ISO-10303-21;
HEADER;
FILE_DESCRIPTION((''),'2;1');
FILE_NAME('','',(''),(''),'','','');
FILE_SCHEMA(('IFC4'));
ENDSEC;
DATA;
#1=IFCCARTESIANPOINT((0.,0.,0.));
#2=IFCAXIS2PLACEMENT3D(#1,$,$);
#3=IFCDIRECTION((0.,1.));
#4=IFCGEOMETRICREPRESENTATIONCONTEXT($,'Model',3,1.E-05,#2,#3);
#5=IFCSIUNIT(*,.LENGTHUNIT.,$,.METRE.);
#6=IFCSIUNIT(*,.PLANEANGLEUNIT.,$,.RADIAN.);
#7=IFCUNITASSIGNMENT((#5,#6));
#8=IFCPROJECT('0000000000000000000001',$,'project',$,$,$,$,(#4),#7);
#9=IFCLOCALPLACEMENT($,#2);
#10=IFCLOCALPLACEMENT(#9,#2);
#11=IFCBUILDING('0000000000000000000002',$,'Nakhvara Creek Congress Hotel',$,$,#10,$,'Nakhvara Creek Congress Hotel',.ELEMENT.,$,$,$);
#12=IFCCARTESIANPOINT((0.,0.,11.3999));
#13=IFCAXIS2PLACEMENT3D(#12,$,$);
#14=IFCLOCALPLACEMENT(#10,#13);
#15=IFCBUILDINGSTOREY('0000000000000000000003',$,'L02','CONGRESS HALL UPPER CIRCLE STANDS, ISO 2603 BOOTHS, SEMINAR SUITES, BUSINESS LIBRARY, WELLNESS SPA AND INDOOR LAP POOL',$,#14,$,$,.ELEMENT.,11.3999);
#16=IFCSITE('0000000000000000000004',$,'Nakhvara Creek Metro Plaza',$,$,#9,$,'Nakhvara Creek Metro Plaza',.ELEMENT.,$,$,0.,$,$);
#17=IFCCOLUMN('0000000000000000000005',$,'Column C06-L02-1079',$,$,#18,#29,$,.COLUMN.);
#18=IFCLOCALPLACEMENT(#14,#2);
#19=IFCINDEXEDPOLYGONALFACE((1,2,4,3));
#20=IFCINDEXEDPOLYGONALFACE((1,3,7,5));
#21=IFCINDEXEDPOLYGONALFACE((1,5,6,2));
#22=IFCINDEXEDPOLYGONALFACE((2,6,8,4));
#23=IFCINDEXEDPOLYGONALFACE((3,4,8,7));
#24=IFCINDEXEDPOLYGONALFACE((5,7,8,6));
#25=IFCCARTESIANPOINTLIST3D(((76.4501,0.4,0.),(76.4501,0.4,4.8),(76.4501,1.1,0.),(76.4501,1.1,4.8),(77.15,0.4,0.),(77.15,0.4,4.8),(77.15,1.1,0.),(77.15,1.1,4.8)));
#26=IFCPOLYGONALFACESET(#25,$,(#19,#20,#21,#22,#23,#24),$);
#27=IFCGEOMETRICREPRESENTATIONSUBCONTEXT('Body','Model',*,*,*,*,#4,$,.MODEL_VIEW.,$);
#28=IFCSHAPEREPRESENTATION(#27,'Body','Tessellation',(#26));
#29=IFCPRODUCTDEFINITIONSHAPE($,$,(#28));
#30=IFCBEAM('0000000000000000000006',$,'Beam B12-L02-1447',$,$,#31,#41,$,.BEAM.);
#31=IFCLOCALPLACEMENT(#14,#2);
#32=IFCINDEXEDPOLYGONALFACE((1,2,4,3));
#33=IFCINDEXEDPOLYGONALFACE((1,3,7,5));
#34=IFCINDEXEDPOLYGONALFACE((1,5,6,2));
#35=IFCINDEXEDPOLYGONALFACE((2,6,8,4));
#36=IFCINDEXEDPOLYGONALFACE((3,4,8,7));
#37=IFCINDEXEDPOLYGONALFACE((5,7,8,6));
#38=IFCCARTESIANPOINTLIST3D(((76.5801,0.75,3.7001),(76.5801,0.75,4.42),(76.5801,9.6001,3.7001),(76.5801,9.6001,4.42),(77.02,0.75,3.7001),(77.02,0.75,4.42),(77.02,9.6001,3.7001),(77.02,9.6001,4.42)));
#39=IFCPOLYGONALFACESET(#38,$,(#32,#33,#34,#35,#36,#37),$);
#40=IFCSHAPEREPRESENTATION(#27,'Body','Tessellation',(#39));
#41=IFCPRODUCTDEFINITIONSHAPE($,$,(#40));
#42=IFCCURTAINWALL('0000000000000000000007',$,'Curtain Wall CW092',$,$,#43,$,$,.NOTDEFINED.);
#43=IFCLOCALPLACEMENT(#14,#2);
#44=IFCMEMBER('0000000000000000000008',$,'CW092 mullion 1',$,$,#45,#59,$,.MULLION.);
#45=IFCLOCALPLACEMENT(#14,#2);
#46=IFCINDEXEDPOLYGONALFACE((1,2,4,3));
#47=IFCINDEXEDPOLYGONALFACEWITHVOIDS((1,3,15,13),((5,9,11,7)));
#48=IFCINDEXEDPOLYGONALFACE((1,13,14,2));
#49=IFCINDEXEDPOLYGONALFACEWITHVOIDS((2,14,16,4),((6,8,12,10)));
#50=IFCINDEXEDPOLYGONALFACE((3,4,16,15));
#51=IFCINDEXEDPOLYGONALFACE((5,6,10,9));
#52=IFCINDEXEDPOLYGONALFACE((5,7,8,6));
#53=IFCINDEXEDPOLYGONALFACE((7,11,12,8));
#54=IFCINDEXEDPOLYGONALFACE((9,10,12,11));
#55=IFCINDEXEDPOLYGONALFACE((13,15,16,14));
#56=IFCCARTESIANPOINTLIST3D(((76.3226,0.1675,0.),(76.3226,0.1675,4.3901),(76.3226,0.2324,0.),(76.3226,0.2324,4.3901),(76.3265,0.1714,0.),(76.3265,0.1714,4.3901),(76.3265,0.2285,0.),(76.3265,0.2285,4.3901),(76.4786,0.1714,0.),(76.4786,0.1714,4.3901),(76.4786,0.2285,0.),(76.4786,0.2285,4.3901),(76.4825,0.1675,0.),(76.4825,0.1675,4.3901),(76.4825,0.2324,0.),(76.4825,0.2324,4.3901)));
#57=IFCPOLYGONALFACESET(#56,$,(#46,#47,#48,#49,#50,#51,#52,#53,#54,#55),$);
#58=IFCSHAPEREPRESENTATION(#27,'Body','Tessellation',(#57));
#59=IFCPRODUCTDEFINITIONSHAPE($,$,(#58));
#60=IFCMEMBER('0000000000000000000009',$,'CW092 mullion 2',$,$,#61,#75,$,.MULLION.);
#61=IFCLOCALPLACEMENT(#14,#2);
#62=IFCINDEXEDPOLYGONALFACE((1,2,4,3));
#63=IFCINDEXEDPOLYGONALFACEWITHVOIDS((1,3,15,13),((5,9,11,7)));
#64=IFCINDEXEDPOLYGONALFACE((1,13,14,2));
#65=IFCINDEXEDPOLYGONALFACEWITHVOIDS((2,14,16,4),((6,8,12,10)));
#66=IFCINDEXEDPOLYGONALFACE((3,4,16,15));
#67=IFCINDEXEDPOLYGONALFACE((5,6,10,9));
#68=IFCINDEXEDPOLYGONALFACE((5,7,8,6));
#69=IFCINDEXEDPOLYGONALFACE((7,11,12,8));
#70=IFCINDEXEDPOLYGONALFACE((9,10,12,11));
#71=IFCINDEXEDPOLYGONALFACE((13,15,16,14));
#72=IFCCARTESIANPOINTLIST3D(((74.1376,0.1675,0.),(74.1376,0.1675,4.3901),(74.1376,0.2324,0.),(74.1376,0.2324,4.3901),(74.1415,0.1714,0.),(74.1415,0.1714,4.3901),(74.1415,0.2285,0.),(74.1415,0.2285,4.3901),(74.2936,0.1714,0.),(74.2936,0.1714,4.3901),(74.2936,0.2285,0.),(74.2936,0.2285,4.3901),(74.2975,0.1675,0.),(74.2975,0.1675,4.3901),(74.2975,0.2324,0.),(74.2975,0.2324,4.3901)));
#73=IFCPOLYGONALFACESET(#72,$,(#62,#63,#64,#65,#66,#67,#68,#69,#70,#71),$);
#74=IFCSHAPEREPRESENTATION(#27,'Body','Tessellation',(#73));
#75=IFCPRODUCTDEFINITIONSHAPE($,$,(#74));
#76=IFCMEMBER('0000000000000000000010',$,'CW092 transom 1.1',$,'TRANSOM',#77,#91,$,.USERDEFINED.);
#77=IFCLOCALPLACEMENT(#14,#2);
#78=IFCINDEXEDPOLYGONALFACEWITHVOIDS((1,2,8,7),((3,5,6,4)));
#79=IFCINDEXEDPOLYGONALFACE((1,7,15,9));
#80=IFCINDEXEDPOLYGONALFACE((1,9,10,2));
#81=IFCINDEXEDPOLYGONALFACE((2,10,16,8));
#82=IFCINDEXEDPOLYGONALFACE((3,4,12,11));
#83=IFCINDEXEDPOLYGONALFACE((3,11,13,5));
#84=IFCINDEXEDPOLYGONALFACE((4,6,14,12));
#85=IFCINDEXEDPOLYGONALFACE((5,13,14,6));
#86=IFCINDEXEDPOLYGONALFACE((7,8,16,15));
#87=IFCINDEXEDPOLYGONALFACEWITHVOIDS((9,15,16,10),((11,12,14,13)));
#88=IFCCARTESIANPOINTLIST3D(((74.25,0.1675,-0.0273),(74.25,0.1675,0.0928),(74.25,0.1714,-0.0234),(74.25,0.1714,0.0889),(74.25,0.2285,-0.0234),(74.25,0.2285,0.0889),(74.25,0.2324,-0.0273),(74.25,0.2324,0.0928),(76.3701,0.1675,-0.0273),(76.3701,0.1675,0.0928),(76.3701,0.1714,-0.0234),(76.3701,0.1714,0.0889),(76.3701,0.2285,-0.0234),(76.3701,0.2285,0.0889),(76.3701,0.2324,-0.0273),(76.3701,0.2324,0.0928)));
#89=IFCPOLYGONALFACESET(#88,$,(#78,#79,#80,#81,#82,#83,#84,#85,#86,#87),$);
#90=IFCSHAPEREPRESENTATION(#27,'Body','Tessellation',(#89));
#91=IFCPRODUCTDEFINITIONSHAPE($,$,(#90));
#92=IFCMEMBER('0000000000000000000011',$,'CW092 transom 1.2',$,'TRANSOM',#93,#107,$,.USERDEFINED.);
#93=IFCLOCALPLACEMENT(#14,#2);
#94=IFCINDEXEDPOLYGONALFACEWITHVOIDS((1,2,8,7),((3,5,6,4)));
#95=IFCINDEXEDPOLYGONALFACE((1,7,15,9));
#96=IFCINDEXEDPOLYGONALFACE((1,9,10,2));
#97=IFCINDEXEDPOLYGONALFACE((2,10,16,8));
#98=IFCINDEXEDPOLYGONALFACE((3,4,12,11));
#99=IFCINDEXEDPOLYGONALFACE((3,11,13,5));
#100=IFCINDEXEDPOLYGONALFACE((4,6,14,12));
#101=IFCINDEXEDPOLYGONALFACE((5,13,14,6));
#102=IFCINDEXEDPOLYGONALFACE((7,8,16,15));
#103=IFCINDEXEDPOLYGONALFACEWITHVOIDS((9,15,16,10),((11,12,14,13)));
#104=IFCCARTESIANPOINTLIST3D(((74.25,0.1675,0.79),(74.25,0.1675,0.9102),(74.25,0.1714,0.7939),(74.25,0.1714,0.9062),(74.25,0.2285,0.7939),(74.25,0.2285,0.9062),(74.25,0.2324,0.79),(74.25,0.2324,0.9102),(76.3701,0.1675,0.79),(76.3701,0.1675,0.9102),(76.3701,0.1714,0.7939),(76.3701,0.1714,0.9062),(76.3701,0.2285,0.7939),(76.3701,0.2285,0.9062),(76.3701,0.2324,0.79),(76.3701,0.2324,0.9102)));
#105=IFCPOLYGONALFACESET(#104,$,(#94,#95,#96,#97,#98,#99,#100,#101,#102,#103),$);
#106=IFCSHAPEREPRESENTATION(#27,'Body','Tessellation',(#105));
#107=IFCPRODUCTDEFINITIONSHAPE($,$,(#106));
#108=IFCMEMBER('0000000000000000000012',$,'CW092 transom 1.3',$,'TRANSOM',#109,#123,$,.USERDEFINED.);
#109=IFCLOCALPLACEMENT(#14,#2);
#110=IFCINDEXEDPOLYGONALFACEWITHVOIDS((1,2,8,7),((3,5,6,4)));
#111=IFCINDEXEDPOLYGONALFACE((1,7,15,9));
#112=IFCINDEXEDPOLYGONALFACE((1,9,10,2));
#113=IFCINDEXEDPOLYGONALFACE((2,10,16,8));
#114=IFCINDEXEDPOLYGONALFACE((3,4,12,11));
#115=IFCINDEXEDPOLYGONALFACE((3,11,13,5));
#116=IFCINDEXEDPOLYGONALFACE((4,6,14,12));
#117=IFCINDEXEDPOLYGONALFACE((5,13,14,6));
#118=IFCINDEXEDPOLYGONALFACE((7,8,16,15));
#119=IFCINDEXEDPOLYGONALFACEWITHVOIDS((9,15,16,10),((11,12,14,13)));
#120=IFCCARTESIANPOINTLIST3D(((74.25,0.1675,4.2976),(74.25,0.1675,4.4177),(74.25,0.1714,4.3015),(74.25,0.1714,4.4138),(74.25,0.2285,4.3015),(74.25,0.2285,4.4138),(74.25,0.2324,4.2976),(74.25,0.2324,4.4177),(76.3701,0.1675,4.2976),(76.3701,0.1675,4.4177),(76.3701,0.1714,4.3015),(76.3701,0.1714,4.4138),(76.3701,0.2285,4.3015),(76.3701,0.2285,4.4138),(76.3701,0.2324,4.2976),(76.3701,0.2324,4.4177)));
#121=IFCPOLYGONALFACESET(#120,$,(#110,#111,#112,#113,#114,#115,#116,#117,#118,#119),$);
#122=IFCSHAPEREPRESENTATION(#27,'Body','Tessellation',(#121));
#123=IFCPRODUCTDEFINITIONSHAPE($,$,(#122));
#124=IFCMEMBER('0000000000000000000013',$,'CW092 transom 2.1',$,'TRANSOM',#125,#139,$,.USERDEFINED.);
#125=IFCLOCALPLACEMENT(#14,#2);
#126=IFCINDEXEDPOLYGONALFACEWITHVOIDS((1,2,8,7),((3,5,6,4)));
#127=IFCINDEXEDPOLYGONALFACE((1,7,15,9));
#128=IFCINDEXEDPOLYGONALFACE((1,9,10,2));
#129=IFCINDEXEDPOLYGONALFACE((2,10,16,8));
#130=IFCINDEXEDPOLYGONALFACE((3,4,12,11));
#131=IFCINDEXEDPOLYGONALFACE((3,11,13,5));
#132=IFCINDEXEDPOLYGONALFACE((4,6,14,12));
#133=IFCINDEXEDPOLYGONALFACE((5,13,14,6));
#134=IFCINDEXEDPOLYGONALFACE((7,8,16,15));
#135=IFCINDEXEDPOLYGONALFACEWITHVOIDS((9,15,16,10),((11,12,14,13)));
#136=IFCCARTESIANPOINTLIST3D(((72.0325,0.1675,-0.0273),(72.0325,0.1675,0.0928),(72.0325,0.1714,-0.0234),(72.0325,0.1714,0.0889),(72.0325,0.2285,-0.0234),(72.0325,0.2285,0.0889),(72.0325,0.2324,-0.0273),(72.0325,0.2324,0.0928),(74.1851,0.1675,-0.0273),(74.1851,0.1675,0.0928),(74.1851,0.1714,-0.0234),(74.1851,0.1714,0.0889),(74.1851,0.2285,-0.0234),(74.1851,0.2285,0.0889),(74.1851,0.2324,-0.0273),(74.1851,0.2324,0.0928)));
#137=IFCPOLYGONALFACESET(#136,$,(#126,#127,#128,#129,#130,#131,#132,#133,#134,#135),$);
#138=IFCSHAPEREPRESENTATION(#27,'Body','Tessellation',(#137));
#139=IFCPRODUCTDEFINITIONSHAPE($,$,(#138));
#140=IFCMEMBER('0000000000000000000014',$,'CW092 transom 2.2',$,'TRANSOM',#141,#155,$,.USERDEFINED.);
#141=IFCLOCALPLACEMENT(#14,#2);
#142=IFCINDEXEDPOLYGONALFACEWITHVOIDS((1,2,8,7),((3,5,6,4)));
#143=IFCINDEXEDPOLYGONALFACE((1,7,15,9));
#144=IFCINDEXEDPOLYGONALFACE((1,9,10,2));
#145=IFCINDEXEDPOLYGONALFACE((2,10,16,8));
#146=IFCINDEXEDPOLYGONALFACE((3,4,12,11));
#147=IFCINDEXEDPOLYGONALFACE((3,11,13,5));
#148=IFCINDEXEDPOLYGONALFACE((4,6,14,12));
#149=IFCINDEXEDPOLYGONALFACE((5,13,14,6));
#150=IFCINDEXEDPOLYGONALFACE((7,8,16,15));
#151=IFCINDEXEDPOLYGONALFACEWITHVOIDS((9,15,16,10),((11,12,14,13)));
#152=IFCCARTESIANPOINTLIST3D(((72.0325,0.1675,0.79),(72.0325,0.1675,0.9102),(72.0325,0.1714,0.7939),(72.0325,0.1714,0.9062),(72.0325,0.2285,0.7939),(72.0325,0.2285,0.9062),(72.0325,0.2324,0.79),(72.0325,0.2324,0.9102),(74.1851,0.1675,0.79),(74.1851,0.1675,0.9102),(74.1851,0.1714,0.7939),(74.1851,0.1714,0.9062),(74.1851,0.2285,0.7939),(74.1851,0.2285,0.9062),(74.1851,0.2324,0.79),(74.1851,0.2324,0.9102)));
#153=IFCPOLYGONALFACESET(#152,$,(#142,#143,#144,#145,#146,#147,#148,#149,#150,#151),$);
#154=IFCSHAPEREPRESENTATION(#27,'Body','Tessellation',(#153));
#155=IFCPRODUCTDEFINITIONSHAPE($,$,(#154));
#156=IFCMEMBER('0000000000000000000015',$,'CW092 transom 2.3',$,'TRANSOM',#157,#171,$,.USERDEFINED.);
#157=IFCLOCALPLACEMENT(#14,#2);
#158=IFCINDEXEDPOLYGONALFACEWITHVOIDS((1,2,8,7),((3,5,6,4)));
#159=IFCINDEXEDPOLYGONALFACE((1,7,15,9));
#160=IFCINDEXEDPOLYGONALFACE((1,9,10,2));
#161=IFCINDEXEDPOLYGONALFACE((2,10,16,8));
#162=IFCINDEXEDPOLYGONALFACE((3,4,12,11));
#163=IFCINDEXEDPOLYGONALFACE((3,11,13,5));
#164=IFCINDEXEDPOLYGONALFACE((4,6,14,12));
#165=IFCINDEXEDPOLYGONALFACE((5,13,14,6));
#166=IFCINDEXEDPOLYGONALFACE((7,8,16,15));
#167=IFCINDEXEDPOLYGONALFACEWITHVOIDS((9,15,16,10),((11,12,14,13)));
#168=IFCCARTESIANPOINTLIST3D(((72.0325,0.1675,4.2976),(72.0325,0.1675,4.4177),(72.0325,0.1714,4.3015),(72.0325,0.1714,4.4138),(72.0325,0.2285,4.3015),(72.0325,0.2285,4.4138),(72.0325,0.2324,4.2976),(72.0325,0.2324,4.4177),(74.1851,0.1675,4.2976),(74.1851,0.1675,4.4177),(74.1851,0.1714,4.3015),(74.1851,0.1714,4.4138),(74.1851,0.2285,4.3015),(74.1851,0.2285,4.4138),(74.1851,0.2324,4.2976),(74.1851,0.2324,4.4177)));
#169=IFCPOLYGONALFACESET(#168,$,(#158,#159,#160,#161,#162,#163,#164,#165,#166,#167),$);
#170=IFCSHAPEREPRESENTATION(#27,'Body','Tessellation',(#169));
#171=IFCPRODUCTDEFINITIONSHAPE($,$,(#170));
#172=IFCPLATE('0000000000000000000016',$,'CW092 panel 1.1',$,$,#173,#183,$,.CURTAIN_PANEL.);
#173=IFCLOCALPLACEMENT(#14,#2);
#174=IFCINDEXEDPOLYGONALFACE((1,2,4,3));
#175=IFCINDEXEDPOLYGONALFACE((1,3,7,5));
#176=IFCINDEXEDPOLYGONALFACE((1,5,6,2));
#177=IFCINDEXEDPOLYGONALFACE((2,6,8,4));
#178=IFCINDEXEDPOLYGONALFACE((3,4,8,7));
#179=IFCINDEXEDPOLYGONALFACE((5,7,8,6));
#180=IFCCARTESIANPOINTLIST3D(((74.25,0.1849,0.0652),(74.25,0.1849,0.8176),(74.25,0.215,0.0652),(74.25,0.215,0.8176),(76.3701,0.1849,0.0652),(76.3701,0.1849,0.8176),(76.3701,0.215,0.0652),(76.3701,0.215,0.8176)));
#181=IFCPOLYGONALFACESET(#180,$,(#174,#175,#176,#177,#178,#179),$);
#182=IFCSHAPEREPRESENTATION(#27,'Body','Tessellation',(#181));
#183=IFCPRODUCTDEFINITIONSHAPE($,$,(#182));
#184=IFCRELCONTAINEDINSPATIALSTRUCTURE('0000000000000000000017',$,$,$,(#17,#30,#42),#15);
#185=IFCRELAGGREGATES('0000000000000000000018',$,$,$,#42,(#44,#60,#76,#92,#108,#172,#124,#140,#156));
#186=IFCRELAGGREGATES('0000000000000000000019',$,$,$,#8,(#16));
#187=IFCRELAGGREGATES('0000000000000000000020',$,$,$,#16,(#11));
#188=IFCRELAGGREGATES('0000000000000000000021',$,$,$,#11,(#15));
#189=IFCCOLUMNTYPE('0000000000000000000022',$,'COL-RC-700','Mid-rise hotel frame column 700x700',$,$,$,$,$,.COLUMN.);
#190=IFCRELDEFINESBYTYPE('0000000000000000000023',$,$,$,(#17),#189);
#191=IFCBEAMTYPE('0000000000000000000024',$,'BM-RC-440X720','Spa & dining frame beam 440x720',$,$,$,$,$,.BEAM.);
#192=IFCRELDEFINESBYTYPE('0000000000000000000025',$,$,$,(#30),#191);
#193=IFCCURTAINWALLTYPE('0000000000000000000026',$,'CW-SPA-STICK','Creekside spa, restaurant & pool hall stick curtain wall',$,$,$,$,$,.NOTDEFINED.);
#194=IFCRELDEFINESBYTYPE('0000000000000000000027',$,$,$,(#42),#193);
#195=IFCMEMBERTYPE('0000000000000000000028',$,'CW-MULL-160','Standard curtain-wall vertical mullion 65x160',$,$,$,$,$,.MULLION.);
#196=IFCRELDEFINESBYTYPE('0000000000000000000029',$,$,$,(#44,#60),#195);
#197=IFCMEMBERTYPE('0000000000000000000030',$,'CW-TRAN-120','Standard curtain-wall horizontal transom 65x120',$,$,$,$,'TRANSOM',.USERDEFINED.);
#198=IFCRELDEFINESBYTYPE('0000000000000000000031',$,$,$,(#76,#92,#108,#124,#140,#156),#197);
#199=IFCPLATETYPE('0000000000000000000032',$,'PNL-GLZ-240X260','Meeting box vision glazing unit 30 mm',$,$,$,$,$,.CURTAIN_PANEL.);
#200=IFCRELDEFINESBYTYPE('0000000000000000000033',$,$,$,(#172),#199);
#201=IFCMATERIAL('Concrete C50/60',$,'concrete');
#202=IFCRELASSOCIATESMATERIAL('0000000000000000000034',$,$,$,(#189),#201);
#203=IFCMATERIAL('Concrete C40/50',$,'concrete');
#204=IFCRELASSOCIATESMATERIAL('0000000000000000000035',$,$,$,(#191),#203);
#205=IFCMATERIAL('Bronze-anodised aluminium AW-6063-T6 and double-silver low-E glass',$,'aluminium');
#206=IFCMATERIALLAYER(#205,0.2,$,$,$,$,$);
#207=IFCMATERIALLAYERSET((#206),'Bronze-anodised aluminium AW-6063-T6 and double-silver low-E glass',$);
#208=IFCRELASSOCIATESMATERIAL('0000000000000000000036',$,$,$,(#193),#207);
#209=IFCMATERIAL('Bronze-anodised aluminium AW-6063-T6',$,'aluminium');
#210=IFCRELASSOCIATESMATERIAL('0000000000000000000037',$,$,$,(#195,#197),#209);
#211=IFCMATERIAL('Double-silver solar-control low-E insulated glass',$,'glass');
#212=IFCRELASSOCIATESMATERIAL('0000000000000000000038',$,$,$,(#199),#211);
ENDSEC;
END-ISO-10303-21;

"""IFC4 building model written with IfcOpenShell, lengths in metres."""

from ifc_helpers import new_model, si_unit, direction, frame, origin, origin_2d, place, context, subcontext, project, spatial, rectangle, hollow_rectangle, extrude, material, layer, layer_set, material_profile, profile_set, type_object, element, aggregate, save


model = new_model("IFC4")

# Units and contexts
model_context = context("Model", 3, precision=1e-05, world=origin(), true_north=direction((0.0, 1.0)))
body_context = subcontext(model_context, "Body", "Model", "MODEL_VIEW")
ifc_project = project(units=[si_unit("LENGTHUNIT", "METRE"), si_unit("PLANEANGLEUNIT", "RADIAN")], contexts=[model_context])

# Site, building, storey
site_placement = place(None, origin())
site = spatial("IfcSite", under=ifc_project, at=site_placement, Name="Nakhvara Creek Metro Plaza", LongName="Nakhvara Creek Metro Plaza", CompositionType="ELEMENT", RefElevation=0.0)
building_placement = place(site_placement, origin())
building = spatial("IfcBuilding", under=site, at=building_placement, Name="Nakhvara Creek Congress Hotel", LongName="Nakhvara Creek Congress Hotel", CompositionType="ELEMENT")
storey_placement = place(building_placement, frame((0.0, 0.0, 11.3999)))
storey = spatial("IfcBuildingStorey", under=building, at=storey_placement, Name="L02", Description="CONGRESS HALL UPPER CIRCLE STANDS, ISO 2603 BOOTHS, SEMINAR SUITES, BUSINESS LIBRARY, WELLNESS SPA AND INDOOR LAP POOL", CompositionType="ELEMENT", Elevation=11.3999)

# Column
ifc_material_1 = material(Name="Concrete C50/60", Category="concrete")
ifc_material_profile_1 = material_profile(ifc_material_1, rectangle(XDim=0.7, YDim=0.7, at=origin_2d()), Name="RC-COL 700x700", Category="LoadBearing")
ifc_profile_set_1 = profile_set([ifc_material_profile_1], Name="Concrete C50/60")
column_type = type_object("IfcColumnType", Name="COL-RC-700", Description="Mid-rise hotel frame column 700x700", PredefinedType="COLUMN", material=ifc_profile_set_1)
column_placement = place(storey_placement, frame((76.8, 0.75, 0.0), z_axis=(0.0, 0.0, 1.0), x_axis=(1.0, 0.0, 0.0)))
element("IfcColumn", 1, at=column_placement, inside=storey, type_object=column_type, Name="Column C06-L02-1079", PredefinedType="COLUMN", context=body_context, shape_type="SweptSolid", body=[
    extrude(rectangle(XDim=0.7, YDim=0.7, at=origin_2d()), origin(), (0.0, 0.0, 1.0), 4.8),
])

# Beam
ifc_material_2 = material(Name="Concrete C40/50", Category="concrete")
ifc_material_profile_2 = material_profile(ifc_material_2, rectangle(XDim=0.4399, YDim=0.72, at=origin_2d()), Name="RC-BM 440x720", Category="LoadBearing")
ifc_profile_set_2 = profile_set([ifc_material_profile_2], Name="Concrete C40/50")
beam_type = type_object("IfcBeamType", Name="BM-RC-440X720", Description="Spa & dining frame beam 440x720", PredefinedType="BEAM", material=ifc_profile_set_2)
beam_placement = place(storey_placement, frame((76.8, 0.75, 4.0601), z_axis=(0.0, 1.0, 0.0), x_axis=(-1.0, 0.0, 0.0)))
element("IfcBeam", 2, at=beam_placement, inside=storey, type_object=beam_type, Name="Beam B12-L02-1447", PredefinedType="BEAM", context=body_context, shape_type="SweptSolid", body=[
    extrude(rectangle(XDim=0.4399, YDim=0.72, at=origin_2d()), origin(), (0.0, 0.0, 1.0), 8.8501),
])

# Curtain wall, members, plate
ifc_material_3 = material(Name="Bronze-anodised aluminium AW-6063-T6 and double-silver low-E glass", Category="aluminium")
ifc_layer_1 = layer(ifc_material_3, 0.2)
ifc_layer_set_1 = layer_set([ifc_layer_1], Name="Bronze-anodised aluminium AW-6063-T6 and double-silver low-E glass")
curtain_wall_type = type_object("IfcCurtainWallType", Name="CW-SPA-STICK", Description="Creekside spa, restaurant & pool hall stick curtain wall", PredefinedType="NOTDEFINED", material=ifc_layer_set_1)
curtain_wall_placement = place(storey_placement, origin())
curtain_wall = element("IfcCurtainWall", 3, at=curtain_wall_placement, inside=storey, type_object=curtain_wall_type, Name="Curtain Wall CW092", PredefinedType="NOTDEFINED")
ifc_material_4 = material(Name="Bronze-anodised aluminium AW-6063-T6", Category="aluminium")
ifc_material_profile_3 = material_profile(ifc_material_4, hollow_rectangle(XDim=0.0649, YDim=0.1599, WallThickness=0.0039, at=origin_2d()), Name="ALU-MULL 65x160x4", Category="LoadBearing")
ifc_profile_set_3 = profile_set([ifc_material_profile_3], Name="Bronze-anodised aluminium AW-6063-T6")
member_type_1 = type_object("IfcMemberType", Name="CW-MULL-160", Description="Standard curtain-wall vertical mullion 65x160", PredefinedType="MULLION", material=ifc_profile_set_3)
member_1_placement = place(storey_placement, frame((76.4026, 0.2, 0.0), z_axis=(0.0, 0.0, 1.0), x_axis=(0.0, -1.0, 0.0)))
member_1 = element("IfcMember", 4, at=member_1_placement, type_object=member_type_1, Name="CW092 mullion 1", PredefinedType="MULLION", context=body_context, shape_type="SweptSolid", body=[
    extrude(hollow_rectangle(XDim=0.0649, YDim=0.1599, WallThickness=0.0039, at=origin_2d()), origin(), (0.0, 0.0, 1.0), 4.3901),
])
member_2_placement = place(storey_placement, frame((74.2175, 0.2, 0.0), z_axis=(0.0, 0.0, 1.0), x_axis=(0.0, -1.0, 0.0)))
member_2 = element("IfcMember", 5, at=member_2_placement, type_object=member_type_1, Name="CW092 mullion 2", PredefinedType="MULLION", context=body_context, shape_type="SweptSolid", body=[
    extrude(hollow_rectangle(XDim=0.0649, YDim=0.1599, WallThickness=0.0039, at=origin_2d()), origin(), (0.0, 0.0, 1.0), 4.3901),
])
ifc_material_profile_4 = material_profile(ifc_material_4, hollow_rectangle(XDim=0.0649, YDim=0.1201, WallThickness=0.0039, at=origin_2d()), Name="ALU-TRAN 65x120x4", Category="LoadBearing")
ifc_profile_set_4 = profile_set([ifc_material_profile_4], Name="Bronze-anodised aluminium AW-6063-T6")
member_type_2 = type_object("IfcMemberType", Name="CW-TRAN-120", Description="Standard curtain-wall horizontal transom 65x120", ElementType="TRANSOM", PredefinedType="USERDEFINED", material=ifc_profile_set_4)
member_3_placement = place(storey_placement, frame((76.3701, 0.2, 0.0327), z_axis=(-1.0, 0.0, 0.0), x_axis=(0.0, -1.0, 0.0)))
member_3 = element("IfcMember", 6, at=member_3_placement, type_object=member_type_2, Name="CW092 transom 1.1", ObjectType="TRANSOM", PredefinedType="USERDEFINED", context=body_context, shape_type="SweptSolid", body=[
    extrude(hollow_rectangle(XDim=0.0649, YDim=0.1201, WallThickness=0.0039, at=origin_2d()), origin(), (0.0, 0.0, 1.0), 2.1201),
])
member_4_placement = place(storey_placement, frame((76.3701, 0.2, 0.8501), z_axis=(-1.0, 0.0, 0.0), x_axis=(0.0, -1.0, 0.0)))
member_4 = element("IfcMember", 7, at=member_4_placement, type_object=member_type_2, Name="CW092 transom 1.2", ObjectType="TRANSOM", PredefinedType="USERDEFINED", context=body_context, shape_type="SweptSolid", body=[
    extrude(hollow_rectangle(XDim=0.0649, YDim=0.1201, WallThickness=0.0039, at=origin_2d()), origin(), (0.0, 0.0, 1.0), 2.1201),
])
member_5_placement = place(storey_placement, frame((76.3701, 0.2, 4.3577), z_axis=(-1.0, 0.0, 0.0), x_axis=(0.0, -1.0, 0.0)))
member_5 = element("IfcMember", 8, at=member_5_placement, type_object=member_type_2, Name="CW092 transom 1.3", ObjectType="TRANSOM", PredefinedType="USERDEFINED", context=body_context, shape_type="SweptSolid", body=[
    extrude(hollow_rectangle(XDim=0.0649, YDim=0.1201, WallThickness=0.0039, at=origin_2d()), origin(), (0.0, 0.0, 1.0), 2.1201),
])
member_6_placement = place(storey_placement, frame((74.1851, 0.2, 0.0327), z_axis=(-1.0, 0.0, 0.0), x_axis=(0.0, -1.0, 0.0)))
member_6 = element("IfcMember", 9, at=member_6_placement, type_object=member_type_2, Name="CW092 transom 2.1", ObjectType="TRANSOM", PredefinedType="USERDEFINED", context=body_context, shape_type="SweptSolid", body=[
    extrude(hollow_rectangle(XDim=0.0649, YDim=0.1201, WallThickness=0.0039, at=origin_2d()), origin(), (0.0, 0.0, 1.0), 2.1526),
])
member_7_placement = place(storey_placement, frame((74.1851, 0.2, 0.8501), z_axis=(-1.0, 0.0, 0.0), x_axis=(0.0, -1.0, 0.0)))
member_7 = element("IfcMember", 10, at=member_7_placement, type_object=member_type_2, Name="CW092 transom 2.2", ObjectType="TRANSOM", PredefinedType="USERDEFINED", context=body_context, shape_type="SweptSolid", body=[
    extrude(hollow_rectangle(XDim=0.0649, YDim=0.1201, WallThickness=0.0039, at=origin_2d()), origin(), (0.0, 0.0, 1.0), 2.1526),
])
member_8_placement = place(storey_placement, frame((74.1851, 0.2, 4.3577), z_axis=(-1.0, 0.0, 0.0), x_axis=(0.0, -1.0, 0.0)))
member_8 = element("IfcMember", 11, at=member_8_placement, type_object=member_type_2, Name="CW092 transom 2.3", ObjectType="TRANSOM", PredefinedType="USERDEFINED", context=body_context, shape_type="SweptSolid", body=[
    extrude(hollow_rectangle(XDim=0.0649, YDim=0.1201, WallThickness=0.0039, at=origin_2d()), origin(), (0.0, 0.0, 1.0), 2.1526),
])
ifc_material_5 = material(Name="Double-silver solar-control low-E insulated glass", Category="glass")
plate_type = type_object("IfcPlateType", Name="PNL-GLZ-240X260", Description="Meeting box vision glazing unit 30 mm", PredefinedType="CURTAIN_PANEL", material=ifc_material_5)
plate_1_placement = place(storey_placement, frame((75.3101, 0.2, 0.0652), z_axis=(0.0, 0.0, 1.0), x_axis=(-1.0, 0.0, 0.0)))
plate_1 = element("IfcPlate", 12, at=plate_1_placement, type_object=plate_type, Name="CW092 panel 1.1", PredefinedType="CURTAIN_PANEL", context=body_context, shape_type="SweptSolid", body=[
    extrude(rectangle(XDim=2.1201, YDim=0.03, at=origin_2d()), origin(), (0.0, 0.0, 1.0), 0.7524),
])
aggregate(curtain_wall, [member_1, member_2, member_3, member_4, member_5, plate_1, member_6, member_7, member_8])

save(model, "model.ifc")
